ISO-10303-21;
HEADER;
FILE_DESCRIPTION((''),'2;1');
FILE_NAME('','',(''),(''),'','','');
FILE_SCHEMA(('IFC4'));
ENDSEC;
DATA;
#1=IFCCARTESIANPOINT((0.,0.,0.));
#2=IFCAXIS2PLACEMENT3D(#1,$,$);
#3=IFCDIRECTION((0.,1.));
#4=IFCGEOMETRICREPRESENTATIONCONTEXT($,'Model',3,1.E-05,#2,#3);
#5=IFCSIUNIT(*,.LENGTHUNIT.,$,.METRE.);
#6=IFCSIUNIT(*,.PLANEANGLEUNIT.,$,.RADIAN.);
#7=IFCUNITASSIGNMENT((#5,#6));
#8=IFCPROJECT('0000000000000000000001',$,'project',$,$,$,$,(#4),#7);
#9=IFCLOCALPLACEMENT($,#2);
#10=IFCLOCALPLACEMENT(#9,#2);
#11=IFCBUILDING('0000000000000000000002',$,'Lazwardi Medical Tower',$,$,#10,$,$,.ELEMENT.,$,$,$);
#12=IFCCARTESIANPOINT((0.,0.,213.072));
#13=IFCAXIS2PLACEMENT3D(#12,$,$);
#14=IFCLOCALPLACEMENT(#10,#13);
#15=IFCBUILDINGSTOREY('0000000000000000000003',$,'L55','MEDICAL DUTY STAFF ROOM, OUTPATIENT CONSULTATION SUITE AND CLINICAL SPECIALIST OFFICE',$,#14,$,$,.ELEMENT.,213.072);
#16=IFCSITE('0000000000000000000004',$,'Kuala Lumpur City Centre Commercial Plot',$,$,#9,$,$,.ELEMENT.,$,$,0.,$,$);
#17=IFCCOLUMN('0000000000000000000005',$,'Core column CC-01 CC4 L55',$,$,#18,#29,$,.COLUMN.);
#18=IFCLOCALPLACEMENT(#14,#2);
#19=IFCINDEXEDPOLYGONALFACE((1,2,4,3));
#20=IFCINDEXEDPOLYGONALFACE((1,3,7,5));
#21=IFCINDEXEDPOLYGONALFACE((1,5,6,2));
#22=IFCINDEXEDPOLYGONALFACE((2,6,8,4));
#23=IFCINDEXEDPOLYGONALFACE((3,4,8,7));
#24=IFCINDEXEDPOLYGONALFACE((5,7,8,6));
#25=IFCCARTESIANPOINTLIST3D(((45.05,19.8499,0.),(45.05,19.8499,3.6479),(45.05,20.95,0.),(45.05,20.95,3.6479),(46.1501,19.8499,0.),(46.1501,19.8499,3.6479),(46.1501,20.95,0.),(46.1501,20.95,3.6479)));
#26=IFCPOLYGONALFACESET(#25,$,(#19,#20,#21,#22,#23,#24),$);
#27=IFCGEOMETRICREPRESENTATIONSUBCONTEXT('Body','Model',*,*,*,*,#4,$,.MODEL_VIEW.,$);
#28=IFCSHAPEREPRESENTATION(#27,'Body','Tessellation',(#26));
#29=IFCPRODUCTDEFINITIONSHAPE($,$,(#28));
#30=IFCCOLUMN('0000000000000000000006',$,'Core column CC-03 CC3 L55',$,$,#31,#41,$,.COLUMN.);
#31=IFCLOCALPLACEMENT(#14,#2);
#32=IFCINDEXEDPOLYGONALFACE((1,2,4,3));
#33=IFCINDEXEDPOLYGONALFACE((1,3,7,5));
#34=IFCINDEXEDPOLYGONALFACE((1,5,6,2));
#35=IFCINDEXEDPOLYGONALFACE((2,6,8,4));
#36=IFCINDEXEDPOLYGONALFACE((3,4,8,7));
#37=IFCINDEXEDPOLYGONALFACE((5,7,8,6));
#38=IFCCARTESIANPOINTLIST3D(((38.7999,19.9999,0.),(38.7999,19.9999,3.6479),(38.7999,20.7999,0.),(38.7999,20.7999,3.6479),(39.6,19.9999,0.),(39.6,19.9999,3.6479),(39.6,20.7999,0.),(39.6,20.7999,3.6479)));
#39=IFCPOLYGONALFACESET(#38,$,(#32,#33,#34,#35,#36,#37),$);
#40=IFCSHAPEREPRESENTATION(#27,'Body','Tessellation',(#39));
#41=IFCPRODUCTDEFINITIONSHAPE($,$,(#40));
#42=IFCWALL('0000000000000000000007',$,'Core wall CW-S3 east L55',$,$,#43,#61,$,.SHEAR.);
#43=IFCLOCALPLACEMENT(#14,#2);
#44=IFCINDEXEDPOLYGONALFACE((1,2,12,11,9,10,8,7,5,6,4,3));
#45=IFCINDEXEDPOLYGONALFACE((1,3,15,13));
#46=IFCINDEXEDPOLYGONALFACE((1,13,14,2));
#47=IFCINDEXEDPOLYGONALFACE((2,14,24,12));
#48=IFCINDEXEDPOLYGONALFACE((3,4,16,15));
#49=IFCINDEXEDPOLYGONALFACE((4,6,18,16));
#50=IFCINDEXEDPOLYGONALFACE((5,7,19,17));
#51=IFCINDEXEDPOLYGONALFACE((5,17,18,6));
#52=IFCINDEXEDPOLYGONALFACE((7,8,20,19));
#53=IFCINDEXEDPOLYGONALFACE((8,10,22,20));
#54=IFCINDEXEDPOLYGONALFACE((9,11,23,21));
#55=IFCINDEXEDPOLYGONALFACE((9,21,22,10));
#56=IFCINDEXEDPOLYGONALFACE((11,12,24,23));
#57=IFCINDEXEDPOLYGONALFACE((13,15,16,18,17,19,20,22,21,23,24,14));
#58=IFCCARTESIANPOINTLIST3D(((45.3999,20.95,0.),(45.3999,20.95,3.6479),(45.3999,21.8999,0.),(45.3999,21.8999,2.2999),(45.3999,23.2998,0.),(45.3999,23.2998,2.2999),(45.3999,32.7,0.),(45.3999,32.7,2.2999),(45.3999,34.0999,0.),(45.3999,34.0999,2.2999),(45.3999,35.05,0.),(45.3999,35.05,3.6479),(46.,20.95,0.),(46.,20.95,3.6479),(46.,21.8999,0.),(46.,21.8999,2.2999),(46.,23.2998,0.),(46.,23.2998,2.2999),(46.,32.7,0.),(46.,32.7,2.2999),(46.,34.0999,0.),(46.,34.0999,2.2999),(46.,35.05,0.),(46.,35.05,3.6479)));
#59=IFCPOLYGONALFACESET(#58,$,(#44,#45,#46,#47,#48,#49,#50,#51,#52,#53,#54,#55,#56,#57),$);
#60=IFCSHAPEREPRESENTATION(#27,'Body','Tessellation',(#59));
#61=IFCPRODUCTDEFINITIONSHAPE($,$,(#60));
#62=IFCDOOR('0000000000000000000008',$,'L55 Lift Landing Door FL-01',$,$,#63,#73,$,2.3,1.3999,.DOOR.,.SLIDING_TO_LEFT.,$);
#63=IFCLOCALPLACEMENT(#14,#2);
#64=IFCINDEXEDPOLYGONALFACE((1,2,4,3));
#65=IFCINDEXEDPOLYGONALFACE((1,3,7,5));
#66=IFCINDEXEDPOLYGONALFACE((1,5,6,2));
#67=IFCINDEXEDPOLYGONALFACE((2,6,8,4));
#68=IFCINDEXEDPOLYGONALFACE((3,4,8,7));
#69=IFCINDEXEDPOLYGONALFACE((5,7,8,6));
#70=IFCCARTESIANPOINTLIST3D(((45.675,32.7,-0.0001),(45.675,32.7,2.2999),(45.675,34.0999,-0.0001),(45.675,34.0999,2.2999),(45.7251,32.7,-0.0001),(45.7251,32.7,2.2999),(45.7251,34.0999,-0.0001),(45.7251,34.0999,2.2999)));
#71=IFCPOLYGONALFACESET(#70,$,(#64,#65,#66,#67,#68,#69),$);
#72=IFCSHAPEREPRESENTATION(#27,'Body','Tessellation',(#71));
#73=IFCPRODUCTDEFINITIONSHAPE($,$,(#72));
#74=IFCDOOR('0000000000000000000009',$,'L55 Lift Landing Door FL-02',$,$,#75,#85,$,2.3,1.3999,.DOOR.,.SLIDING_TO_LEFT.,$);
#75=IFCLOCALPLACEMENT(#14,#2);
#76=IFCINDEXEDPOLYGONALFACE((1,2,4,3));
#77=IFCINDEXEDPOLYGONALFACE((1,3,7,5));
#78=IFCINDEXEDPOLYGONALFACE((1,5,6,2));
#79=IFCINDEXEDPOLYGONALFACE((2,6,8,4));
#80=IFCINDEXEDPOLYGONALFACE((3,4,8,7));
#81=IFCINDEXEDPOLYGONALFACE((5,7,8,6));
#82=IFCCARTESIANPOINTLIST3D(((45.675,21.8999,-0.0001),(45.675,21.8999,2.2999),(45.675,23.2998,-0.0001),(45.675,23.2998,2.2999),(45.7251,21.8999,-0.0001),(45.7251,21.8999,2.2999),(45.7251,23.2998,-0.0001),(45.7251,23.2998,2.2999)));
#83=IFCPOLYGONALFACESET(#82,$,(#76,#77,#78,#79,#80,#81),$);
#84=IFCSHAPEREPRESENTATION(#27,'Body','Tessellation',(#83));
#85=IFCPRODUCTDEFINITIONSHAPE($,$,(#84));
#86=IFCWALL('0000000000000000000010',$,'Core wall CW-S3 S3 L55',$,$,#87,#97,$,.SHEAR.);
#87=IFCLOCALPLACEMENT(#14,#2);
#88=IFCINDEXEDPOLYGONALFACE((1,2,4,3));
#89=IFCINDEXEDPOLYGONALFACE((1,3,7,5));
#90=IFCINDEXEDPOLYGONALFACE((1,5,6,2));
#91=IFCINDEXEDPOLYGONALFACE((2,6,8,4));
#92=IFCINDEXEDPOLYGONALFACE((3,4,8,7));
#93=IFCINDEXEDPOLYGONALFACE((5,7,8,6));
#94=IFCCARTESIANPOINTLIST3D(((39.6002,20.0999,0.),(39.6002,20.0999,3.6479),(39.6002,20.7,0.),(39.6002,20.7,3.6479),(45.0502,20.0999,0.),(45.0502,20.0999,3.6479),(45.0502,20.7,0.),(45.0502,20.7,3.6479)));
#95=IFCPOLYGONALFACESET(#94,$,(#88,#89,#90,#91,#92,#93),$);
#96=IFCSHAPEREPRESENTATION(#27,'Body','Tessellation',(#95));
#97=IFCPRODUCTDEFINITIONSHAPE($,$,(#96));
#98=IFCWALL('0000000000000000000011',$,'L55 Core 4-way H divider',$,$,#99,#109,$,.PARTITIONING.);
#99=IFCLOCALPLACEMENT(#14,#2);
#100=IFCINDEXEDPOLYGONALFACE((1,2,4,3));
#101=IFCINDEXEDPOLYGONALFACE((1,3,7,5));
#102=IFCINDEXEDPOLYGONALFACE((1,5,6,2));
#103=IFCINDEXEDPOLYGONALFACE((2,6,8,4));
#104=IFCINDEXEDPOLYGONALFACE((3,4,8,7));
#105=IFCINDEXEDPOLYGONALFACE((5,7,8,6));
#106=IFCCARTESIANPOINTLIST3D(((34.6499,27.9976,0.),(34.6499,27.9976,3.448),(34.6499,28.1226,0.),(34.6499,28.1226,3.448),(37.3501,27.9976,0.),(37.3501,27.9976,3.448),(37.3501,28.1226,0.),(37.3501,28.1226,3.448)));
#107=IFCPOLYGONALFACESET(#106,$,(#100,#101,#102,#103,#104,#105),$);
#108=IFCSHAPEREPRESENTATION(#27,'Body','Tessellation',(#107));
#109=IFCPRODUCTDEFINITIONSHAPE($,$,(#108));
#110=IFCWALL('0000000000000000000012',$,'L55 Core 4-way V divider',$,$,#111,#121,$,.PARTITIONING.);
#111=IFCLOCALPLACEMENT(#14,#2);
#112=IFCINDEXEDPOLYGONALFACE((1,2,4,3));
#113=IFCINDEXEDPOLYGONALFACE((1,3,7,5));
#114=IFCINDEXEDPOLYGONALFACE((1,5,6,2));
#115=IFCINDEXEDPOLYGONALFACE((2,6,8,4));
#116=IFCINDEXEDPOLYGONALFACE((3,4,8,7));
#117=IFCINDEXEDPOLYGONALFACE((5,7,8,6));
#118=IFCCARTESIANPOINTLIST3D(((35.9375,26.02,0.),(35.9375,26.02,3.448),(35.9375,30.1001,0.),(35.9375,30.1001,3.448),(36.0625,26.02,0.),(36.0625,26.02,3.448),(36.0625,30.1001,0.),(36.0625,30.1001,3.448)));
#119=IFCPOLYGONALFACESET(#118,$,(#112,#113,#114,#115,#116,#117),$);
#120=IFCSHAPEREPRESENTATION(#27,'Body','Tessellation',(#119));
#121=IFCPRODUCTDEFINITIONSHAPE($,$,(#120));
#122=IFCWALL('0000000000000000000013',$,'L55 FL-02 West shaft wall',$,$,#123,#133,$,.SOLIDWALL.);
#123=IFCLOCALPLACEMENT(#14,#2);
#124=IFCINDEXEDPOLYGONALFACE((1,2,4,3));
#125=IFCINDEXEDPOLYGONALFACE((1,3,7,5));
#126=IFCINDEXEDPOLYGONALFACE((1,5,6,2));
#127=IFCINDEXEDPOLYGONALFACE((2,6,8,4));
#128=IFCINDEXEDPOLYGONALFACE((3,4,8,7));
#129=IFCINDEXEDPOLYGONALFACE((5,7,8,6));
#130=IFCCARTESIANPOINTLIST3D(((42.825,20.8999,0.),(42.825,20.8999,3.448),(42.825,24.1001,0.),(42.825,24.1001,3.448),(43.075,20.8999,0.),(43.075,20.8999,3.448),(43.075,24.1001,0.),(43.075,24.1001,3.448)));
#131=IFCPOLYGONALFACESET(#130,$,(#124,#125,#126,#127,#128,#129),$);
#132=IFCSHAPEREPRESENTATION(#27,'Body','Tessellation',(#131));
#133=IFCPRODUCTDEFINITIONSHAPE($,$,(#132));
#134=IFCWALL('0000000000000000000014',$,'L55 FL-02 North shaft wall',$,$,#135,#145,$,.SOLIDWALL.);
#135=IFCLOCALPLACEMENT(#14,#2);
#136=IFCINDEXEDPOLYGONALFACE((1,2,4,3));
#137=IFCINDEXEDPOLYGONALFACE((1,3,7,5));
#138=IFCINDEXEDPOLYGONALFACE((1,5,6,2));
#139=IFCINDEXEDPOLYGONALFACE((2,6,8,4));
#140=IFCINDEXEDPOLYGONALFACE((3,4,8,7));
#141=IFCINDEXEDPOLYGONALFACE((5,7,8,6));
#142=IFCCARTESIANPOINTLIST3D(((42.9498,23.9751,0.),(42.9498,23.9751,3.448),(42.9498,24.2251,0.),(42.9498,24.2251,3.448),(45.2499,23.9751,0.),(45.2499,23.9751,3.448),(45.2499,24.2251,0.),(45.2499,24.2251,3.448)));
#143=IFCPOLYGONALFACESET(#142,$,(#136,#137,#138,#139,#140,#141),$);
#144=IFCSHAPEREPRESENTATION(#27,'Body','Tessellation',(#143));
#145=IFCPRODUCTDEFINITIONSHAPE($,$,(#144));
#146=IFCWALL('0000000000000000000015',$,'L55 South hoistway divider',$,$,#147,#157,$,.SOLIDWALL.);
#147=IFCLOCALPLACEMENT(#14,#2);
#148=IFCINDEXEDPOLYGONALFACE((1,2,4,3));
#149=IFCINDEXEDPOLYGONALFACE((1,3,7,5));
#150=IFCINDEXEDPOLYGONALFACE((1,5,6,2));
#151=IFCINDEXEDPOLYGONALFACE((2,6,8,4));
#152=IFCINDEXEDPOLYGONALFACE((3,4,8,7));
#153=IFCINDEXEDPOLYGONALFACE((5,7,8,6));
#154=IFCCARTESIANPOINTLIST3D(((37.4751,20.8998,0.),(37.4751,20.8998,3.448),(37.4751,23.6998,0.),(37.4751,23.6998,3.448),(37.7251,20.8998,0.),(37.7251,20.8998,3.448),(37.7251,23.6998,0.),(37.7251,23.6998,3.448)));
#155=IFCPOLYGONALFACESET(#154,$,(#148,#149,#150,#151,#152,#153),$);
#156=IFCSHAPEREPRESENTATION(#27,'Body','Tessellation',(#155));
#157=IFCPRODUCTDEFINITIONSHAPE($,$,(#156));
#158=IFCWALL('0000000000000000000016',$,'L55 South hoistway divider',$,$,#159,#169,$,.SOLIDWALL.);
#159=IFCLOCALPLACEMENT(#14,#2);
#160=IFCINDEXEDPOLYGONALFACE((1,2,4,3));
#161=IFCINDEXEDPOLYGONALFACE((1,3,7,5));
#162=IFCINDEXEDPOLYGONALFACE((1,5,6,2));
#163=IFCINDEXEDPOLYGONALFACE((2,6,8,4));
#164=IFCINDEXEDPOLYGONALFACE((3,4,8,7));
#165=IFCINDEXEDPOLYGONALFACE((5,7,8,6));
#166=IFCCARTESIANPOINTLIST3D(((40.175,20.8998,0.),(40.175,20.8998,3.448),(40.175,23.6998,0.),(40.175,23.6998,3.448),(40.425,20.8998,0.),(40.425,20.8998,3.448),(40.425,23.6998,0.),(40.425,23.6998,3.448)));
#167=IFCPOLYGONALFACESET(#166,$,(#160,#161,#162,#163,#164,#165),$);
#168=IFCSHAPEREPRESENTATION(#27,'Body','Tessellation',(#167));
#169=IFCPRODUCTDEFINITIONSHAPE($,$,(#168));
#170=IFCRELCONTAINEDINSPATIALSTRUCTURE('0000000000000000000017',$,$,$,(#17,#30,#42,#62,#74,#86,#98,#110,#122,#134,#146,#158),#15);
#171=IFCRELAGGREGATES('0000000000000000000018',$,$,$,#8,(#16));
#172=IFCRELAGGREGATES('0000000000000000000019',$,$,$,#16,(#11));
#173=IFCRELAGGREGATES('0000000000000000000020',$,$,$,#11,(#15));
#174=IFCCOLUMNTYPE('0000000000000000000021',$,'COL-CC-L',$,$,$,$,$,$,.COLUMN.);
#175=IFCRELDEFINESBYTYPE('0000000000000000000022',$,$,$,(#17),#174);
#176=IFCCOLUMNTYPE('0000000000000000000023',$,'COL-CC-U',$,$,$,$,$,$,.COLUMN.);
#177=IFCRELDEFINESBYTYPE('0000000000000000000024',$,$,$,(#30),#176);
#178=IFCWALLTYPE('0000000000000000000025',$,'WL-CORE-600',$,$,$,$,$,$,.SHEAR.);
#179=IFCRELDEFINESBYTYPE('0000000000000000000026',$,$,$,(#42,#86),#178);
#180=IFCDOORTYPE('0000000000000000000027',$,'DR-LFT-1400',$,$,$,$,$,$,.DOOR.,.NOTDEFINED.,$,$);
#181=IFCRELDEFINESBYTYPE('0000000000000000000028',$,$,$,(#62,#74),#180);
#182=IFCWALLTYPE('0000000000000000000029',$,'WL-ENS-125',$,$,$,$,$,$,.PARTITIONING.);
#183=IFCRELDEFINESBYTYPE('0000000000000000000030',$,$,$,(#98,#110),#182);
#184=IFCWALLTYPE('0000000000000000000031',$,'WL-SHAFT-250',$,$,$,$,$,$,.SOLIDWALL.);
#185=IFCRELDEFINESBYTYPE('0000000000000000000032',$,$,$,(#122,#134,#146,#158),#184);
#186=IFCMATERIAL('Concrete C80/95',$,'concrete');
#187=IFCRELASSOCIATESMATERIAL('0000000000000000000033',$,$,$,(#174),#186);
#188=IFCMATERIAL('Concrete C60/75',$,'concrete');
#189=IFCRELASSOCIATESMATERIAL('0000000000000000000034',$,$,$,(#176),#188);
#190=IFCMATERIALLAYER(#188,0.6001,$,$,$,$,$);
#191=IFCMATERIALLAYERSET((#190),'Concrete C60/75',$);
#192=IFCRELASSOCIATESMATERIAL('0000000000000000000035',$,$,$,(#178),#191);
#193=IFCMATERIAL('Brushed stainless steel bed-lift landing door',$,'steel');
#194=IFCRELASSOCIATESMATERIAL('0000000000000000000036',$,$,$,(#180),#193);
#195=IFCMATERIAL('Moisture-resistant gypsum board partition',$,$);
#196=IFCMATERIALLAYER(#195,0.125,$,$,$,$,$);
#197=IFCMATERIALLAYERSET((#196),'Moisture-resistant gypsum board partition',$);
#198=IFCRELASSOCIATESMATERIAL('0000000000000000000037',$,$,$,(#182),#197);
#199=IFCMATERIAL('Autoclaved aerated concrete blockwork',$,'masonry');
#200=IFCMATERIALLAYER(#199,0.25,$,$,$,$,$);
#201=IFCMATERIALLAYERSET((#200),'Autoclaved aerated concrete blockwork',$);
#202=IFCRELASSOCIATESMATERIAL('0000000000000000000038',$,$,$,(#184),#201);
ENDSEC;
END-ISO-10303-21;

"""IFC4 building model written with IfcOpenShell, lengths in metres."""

from ifc_helpers import new_model, si_unit, direction, frame, frame_2d, origin, origin_2d, place, context, subcontext, project, spatial, rectangle, extrude, material, layer, layer_set, material_profile, profile_set, type_object, element, fill, save


model = new_model("IFC4")

# Units and contexts
model_context = context("Model", 3, precision=1e-05, world=origin(), true_north=direction((0.0, 1.0)))
body_context = subcontext(model_context, "Body", "Model", "MODEL_VIEW")
ifc_project = project(units=[si_unit("LENGTHUNIT", "METRE"), si_unit("PLANEANGLEUNIT", "RADIAN")], contexts=[model_context])

# Site, building, storey
site_placement = place(None, origin())
site = spatial("IfcSite", under=ifc_project, at=site_placement, Name="Kuala Lumpur City Centre Commercial Plot", CompositionType="ELEMENT", RefElevation=0.0)
building_placement = place(site_placement, origin())
building = spatial("IfcBuilding", under=site, at=building_placement, Name="Lazwardi Medical Tower", CompositionType="ELEMENT")
storey_placement = place(building_placement, frame((0.0, 0.0, 213.072)))
storey = spatial("IfcBuildingStorey", under=building, at=storey_placement, Name="L55", Description="MEDICAL DUTY STAFF ROOM, OUTPATIENT CONSULTATION SUITE AND CLINICAL SPECIALIST OFFICE", CompositionType="ELEMENT", Elevation=213.072)

# Columns
ifc_material_1 = material(Name="Concrete C80/95", Category="concrete")
ifc_material_profile_1 = material_profile(ifc_material_1, rectangle(XDim=1.1001, YDim=1.1001, at=origin_2d()), Name="RC 1100x1100")
ifc_profile_set_1 = profile_set([ifc_material_profile_1], Name="Concrete C80/95")
column_type_1 = type_object("IfcColumnType", Name="COL-CC-L", PredefinedType="COLUMN", material=ifc_profile_set_1)
column_1_placement = place(storey_placement, frame((45.6001, 20.3999, 0.0), z_axis=(0.0, 0.0, 1.0), x_axis=(1.0, 0.0, 0.0)))
element("IfcColumn", 1, at=column_1_placement, inside=storey, type_object=column_type_1, Name="Core column CC-01 CC4 L55", PredefinedType="COLUMN", context=body_context, shape_type="SweptSolid", body=[
    extrude(rectangle(XDim=1.1001, YDim=1.1001, at=origin_2d()), origin(), (0.0, 0.0, 1.0), 3.6479),
])
ifc_material_2 = material(Name="Concrete C60/75", Category="concrete")
ifc_material_profile_2 = material_profile(ifc_material_2, rectangle(XDim=0.8, YDim=0.8, at=origin_2d()), Name="RC 800x800")
ifc_profile_set_2 = profile_set([ifc_material_profile_2], Name="Concrete C60/75")
column_type_2 = type_object("IfcColumnType", Name="COL-CC-U", PredefinedType="COLUMN", material=ifc_profile_set_2)
column_2_placement = place(storey_placement, frame((39.2, 20.3999, 0.0), z_axis=(0.0, 0.0, 1.0), x_axis=(1.0, 0.0, 0.0)))
element("IfcColumn", 2, at=column_2_placement, inside=storey, type_object=column_type_2, Name="Core column CC-03 CC3 L55", PredefinedType="COLUMN", context=body_context, shape_type="SweptSolid", body=[
    extrude(rectangle(XDim=0.8, YDim=0.8, at=origin_2d()), origin(), (0.0, 0.0, 1.0), 3.6479),
])

# Wall, openings, doors
ifc_layer_1 = layer(ifc_material_2, 0.6001)
ifc_layer_set_1 = layer_set([ifc_layer_1], Name="Concrete C60/75")
wall_type_1 = type_object("IfcWallType", Name="WL-CORE-600", PredefinedType="SHEAR", material=ifc_layer_set_1)
wall_1_placement = place(storey_placement, frame((45.7, 20.95, 0.0), z_axis=(0.0, 0.0, 1.0), x_axis=(0.0, 1.0, 0.0)))
wall_1 = element("IfcWall", 3, at=wall_1_placement, inside=storey, type_object=wall_type_1, Name="Core wall CW-S3 east L55", PredefinedType="SHEAR", context=body_context, shape_type="SweptSolid", body=[
    extrude(rectangle(XDim=14.1001, YDim=0.6001, at=frame_2d((7.05, 0.0))), origin(), (0.0, 0.0, 1.0), 3.6479),
])
opening_1_placement = place(wall_1_placement, frame((11.75, 0.0, 0.0)))
opening_1 = element("IfcOpeningElement", 4, at=opening_1_placement, cuts=wall_1, PredefinedType="OPENING", context=body_context, shape_type="SweptSolid", body=[
    extrude(rectangle(XDim=1.3999, YDim=2.3, at=frame_2d((0.7, 1.1499))), frame((0.0, 0.3101, 0.0), z_axis=(0.0, -1.0, 0.0), x_axis=(1.0, 0.0, 0.0)), (0.0, 0.0, 1.0), 0.6201),
])
opening_2_placement = place(wall_1_placement, frame((0.95, 0.0, 0.0)))
opening_2 = element("IfcOpeningElement", 5, at=opening_2_placement, cuts=wall_1, PredefinedType="OPENING", context=body_context, shape_type="SweptSolid", body=[
    extrude(rectangle(XDim=1.3999, YDim=2.3, at=frame_2d((0.7, 1.1499))), frame((0.0, 0.3101, 0.0), z_axis=(0.0, -1.0, 0.0), x_axis=(1.0, 0.0, 0.0)), (0.0, 0.0, 1.0), 0.6201),
])
ifc_material_3 = material(Name="Brushed stainless steel bed-lift landing door", Category="steel")
door_type_1 = type_object("IfcDoorType", Name="DR-LFT-1400", OperationType="NOTDEFINED", PredefinedType="DOOR", material=ifc_material_3)
door_1_placement = place(opening_1_placement, origin())
door_1 = element("IfcDoor", 6, at=door_1_placement, inside=storey, type_object=door_type_1, Name="L55 Lift Landing Door FL-01", OperationType="SLIDING_TO_LEFT", OverallHeight=2.3, OverallWidth=1.3999, PredefinedType="DOOR", context=body_context, shape_type="SweptSolid", body=[
    extrude(rectangle(XDim=1.3999, YDim=2.3, at=frame_2d((0.7, 1.1499))), frame((0.0, 0.0249, 0.0), z_axis=(0.0, -1.0, 0.0), x_axis=(1.0, 0.0, 0.0)), (0.0, 0.0, 1.0), 0.05),
])
fill(opening_1, door_1)
door_2_placement = place(opening_2_placement, origin())
door_2 = element("IfcDoor", 7, at=door_2_placement, inside=storey, type_object=door_type_1, Name="L55 Lift Landing Door FL-02", OperationType="SLIDING_TO_LEFT", OverallHeight=2.3, OverallWidth=1.3999, PredefinedType="DOOR", context=body_context, shape_type="SweptSolid", body=[
    extrude(rectangle(XDim=1.3999, YDim=2.3, at=frame_2d((0.7, 1.1499))), frame((0.0, 0.0249, 0.0), z_axis=(0.0, -1.0, 0.0), x_axis=(1.0, 0.0, 0.0)), (0.0, 0.0, 1.0), 0.05),
])
fill(opening_2, door_2)

# Walls
wall_2_placement = place(storey_placement, frame((39.6001, 20.3999, 0.0), z_axis=(0.0, 0.0, 1.0), x_axis=(1.0, 0.0, 0.0)))
element("IfcWall", 8, at=wall_2_placement, inside=storey, type_object=wall_type_1, Name="Core wall CW-S3 S3 L55", PredefinedType="SHEAR", context=body_context, shape_type="SweptSolid", body=[
    extrude(rectangle(XDim=5.45, YDim=0.6001, at=frame_2d((2.7251, 0.0))), origin(), (0.0, 0.0, 1.0), 3.6479),
])
ifc_material_4 = material(Name="Moisture-resistant gypsum board partition")
ifc_layer_2 = layer(ifc_material_4, 0.125)
ifc_layer_set_2 = layer_set([ifc_layer_2], Name="Moisture-resistant gypsum board partition")
wall_type_2 = type_object("IfcWallType", Name="WL-ENS-125", PredefinedType="PARTITIONING", material=ifc_layer_set_2)
wall_3_placement = place(storey_placement, frame((34.6499, 28.0601, 0.0), z_axis=(0.0, 0.0, 1.0), x_axis=(1.0, 0.0, 0.0)))
element("IfcWall", 9, at=wall_3_placement, inside=storey, type_object=wall_type_2, Name="L55 Core 4-way H divider", PredefinedType="PARTITIONING", context=body_context, shape_type="SweptSolid", body=[
    extrude(rectangle(XDim=2.7002, YDim=0.125, at=frame_2d((1.3501, 0.0))), origin(), (0.0, 0.0, 1.0), 3.448),
])
wall_4_placement = place(storey_placement, frame((36.0, 26.02, 0.0), z_axis=(0.0, 0.0, 1.0), x_axis=(0.0, 1.0, 0.0)))
element("IfcWall", 10, at=wall_4_placement, inside=storey, type_object=wall_type_2, Name="L55 Core 4-way V divider", PredefinedType="PARTITIONING", context=body_context, shape_type="SweptSolid", body=[
    extrude(rectangle(XDim=4.0801, YDim=0.125, at=frame_2d((2.04, 0.0))), origin(), (0.0, 0.0, 1.0), 3.448),
])
ifc_material_5 = material(Name="Autoclaved aerated concrete blockwork", Category="masonry")
ifc_layer_3 = layer(ifc_material_5, 0.25)
ifc_layer_set_3 = layer_set([ifc_layer_3], Name="Autoclaved aerated concrete blockwork")
wall_type_3 = type_object("IfcWallType", Name="WL-SHAFT-250", PredefinedType="SOLIDWALL", material=ifc_layer_set_3)
wall_5_placement = place(storey_placement, frame((42.95, 20.8999, 0.0), z_axis=(0.0, 0.0, 1.0), x_axis=(0.0, 1.0, 0.0)))
element("IfcWall", 11, at=wall_5_placement, inside=storey, type_object=wall_type_3, Name="L55 FL-02 West shaft wall", PredefinedType="SOLIDWALL", context=body_context, shape_type="SweptSolid", body=[
    extrude(rectangle(XDim=3.2002, YDim=0.25, at=frame_2d((1.6001, 0.0))), origin(), (0.0, 0.0, 1.0), 3.448),
])
wall_6_placement = place(storey_placement, frame((42.95, 24.1001, 0.0), z_axis=(0.0, 0.0, 1.0), x_axis=(1.0, 0.0, 0.0)))
element("IfcWall", 12, at=wall_6_placement, inside=storey, type_object=wall_type_3, Name="L55 FL-02 North shaft wall", PredefinedType="SOLIDWALL", context=body_context, shape_type="SweptSolid", body=[
    extrude(rectangle(XDim=2.3, YDim=0.25, at=frame_2d((1.1499, 0.0))), origin(), (0.0, 0.0, 1.0), 3.448),
])
for number, where, z_axis, x_axis, name in (
    (13, (37.6001, 20.8999, 0.0), (0.0, 0.0, 1.0), (0.0, 1.0, 0.0), "L55 South hoistway divider"),
    (14, (40.3, 20.8999, 0.0), (0.0, 0.0, 1.0), (0.0, 1.0, 0.0), "L55 South hoistway divider"),
):
    element("IfcWall", number, at=place(storey_placement, frame(where, z_axis=z_axis, x_axis=x_axis)), inside=storey, type_object=wall_type_3, Name=name, PredefinedType="SOLIDWALL", context=body_context, shape_type="SweptSolid", body=[
        extrude(rectangle(XDim=2.8, YDim=0.25, at=frame_2d((1.3999, 0.0))), origin(), (0.0, 0.0, 1.0), 3.448),
    ])

save(model, "model.ifc")
